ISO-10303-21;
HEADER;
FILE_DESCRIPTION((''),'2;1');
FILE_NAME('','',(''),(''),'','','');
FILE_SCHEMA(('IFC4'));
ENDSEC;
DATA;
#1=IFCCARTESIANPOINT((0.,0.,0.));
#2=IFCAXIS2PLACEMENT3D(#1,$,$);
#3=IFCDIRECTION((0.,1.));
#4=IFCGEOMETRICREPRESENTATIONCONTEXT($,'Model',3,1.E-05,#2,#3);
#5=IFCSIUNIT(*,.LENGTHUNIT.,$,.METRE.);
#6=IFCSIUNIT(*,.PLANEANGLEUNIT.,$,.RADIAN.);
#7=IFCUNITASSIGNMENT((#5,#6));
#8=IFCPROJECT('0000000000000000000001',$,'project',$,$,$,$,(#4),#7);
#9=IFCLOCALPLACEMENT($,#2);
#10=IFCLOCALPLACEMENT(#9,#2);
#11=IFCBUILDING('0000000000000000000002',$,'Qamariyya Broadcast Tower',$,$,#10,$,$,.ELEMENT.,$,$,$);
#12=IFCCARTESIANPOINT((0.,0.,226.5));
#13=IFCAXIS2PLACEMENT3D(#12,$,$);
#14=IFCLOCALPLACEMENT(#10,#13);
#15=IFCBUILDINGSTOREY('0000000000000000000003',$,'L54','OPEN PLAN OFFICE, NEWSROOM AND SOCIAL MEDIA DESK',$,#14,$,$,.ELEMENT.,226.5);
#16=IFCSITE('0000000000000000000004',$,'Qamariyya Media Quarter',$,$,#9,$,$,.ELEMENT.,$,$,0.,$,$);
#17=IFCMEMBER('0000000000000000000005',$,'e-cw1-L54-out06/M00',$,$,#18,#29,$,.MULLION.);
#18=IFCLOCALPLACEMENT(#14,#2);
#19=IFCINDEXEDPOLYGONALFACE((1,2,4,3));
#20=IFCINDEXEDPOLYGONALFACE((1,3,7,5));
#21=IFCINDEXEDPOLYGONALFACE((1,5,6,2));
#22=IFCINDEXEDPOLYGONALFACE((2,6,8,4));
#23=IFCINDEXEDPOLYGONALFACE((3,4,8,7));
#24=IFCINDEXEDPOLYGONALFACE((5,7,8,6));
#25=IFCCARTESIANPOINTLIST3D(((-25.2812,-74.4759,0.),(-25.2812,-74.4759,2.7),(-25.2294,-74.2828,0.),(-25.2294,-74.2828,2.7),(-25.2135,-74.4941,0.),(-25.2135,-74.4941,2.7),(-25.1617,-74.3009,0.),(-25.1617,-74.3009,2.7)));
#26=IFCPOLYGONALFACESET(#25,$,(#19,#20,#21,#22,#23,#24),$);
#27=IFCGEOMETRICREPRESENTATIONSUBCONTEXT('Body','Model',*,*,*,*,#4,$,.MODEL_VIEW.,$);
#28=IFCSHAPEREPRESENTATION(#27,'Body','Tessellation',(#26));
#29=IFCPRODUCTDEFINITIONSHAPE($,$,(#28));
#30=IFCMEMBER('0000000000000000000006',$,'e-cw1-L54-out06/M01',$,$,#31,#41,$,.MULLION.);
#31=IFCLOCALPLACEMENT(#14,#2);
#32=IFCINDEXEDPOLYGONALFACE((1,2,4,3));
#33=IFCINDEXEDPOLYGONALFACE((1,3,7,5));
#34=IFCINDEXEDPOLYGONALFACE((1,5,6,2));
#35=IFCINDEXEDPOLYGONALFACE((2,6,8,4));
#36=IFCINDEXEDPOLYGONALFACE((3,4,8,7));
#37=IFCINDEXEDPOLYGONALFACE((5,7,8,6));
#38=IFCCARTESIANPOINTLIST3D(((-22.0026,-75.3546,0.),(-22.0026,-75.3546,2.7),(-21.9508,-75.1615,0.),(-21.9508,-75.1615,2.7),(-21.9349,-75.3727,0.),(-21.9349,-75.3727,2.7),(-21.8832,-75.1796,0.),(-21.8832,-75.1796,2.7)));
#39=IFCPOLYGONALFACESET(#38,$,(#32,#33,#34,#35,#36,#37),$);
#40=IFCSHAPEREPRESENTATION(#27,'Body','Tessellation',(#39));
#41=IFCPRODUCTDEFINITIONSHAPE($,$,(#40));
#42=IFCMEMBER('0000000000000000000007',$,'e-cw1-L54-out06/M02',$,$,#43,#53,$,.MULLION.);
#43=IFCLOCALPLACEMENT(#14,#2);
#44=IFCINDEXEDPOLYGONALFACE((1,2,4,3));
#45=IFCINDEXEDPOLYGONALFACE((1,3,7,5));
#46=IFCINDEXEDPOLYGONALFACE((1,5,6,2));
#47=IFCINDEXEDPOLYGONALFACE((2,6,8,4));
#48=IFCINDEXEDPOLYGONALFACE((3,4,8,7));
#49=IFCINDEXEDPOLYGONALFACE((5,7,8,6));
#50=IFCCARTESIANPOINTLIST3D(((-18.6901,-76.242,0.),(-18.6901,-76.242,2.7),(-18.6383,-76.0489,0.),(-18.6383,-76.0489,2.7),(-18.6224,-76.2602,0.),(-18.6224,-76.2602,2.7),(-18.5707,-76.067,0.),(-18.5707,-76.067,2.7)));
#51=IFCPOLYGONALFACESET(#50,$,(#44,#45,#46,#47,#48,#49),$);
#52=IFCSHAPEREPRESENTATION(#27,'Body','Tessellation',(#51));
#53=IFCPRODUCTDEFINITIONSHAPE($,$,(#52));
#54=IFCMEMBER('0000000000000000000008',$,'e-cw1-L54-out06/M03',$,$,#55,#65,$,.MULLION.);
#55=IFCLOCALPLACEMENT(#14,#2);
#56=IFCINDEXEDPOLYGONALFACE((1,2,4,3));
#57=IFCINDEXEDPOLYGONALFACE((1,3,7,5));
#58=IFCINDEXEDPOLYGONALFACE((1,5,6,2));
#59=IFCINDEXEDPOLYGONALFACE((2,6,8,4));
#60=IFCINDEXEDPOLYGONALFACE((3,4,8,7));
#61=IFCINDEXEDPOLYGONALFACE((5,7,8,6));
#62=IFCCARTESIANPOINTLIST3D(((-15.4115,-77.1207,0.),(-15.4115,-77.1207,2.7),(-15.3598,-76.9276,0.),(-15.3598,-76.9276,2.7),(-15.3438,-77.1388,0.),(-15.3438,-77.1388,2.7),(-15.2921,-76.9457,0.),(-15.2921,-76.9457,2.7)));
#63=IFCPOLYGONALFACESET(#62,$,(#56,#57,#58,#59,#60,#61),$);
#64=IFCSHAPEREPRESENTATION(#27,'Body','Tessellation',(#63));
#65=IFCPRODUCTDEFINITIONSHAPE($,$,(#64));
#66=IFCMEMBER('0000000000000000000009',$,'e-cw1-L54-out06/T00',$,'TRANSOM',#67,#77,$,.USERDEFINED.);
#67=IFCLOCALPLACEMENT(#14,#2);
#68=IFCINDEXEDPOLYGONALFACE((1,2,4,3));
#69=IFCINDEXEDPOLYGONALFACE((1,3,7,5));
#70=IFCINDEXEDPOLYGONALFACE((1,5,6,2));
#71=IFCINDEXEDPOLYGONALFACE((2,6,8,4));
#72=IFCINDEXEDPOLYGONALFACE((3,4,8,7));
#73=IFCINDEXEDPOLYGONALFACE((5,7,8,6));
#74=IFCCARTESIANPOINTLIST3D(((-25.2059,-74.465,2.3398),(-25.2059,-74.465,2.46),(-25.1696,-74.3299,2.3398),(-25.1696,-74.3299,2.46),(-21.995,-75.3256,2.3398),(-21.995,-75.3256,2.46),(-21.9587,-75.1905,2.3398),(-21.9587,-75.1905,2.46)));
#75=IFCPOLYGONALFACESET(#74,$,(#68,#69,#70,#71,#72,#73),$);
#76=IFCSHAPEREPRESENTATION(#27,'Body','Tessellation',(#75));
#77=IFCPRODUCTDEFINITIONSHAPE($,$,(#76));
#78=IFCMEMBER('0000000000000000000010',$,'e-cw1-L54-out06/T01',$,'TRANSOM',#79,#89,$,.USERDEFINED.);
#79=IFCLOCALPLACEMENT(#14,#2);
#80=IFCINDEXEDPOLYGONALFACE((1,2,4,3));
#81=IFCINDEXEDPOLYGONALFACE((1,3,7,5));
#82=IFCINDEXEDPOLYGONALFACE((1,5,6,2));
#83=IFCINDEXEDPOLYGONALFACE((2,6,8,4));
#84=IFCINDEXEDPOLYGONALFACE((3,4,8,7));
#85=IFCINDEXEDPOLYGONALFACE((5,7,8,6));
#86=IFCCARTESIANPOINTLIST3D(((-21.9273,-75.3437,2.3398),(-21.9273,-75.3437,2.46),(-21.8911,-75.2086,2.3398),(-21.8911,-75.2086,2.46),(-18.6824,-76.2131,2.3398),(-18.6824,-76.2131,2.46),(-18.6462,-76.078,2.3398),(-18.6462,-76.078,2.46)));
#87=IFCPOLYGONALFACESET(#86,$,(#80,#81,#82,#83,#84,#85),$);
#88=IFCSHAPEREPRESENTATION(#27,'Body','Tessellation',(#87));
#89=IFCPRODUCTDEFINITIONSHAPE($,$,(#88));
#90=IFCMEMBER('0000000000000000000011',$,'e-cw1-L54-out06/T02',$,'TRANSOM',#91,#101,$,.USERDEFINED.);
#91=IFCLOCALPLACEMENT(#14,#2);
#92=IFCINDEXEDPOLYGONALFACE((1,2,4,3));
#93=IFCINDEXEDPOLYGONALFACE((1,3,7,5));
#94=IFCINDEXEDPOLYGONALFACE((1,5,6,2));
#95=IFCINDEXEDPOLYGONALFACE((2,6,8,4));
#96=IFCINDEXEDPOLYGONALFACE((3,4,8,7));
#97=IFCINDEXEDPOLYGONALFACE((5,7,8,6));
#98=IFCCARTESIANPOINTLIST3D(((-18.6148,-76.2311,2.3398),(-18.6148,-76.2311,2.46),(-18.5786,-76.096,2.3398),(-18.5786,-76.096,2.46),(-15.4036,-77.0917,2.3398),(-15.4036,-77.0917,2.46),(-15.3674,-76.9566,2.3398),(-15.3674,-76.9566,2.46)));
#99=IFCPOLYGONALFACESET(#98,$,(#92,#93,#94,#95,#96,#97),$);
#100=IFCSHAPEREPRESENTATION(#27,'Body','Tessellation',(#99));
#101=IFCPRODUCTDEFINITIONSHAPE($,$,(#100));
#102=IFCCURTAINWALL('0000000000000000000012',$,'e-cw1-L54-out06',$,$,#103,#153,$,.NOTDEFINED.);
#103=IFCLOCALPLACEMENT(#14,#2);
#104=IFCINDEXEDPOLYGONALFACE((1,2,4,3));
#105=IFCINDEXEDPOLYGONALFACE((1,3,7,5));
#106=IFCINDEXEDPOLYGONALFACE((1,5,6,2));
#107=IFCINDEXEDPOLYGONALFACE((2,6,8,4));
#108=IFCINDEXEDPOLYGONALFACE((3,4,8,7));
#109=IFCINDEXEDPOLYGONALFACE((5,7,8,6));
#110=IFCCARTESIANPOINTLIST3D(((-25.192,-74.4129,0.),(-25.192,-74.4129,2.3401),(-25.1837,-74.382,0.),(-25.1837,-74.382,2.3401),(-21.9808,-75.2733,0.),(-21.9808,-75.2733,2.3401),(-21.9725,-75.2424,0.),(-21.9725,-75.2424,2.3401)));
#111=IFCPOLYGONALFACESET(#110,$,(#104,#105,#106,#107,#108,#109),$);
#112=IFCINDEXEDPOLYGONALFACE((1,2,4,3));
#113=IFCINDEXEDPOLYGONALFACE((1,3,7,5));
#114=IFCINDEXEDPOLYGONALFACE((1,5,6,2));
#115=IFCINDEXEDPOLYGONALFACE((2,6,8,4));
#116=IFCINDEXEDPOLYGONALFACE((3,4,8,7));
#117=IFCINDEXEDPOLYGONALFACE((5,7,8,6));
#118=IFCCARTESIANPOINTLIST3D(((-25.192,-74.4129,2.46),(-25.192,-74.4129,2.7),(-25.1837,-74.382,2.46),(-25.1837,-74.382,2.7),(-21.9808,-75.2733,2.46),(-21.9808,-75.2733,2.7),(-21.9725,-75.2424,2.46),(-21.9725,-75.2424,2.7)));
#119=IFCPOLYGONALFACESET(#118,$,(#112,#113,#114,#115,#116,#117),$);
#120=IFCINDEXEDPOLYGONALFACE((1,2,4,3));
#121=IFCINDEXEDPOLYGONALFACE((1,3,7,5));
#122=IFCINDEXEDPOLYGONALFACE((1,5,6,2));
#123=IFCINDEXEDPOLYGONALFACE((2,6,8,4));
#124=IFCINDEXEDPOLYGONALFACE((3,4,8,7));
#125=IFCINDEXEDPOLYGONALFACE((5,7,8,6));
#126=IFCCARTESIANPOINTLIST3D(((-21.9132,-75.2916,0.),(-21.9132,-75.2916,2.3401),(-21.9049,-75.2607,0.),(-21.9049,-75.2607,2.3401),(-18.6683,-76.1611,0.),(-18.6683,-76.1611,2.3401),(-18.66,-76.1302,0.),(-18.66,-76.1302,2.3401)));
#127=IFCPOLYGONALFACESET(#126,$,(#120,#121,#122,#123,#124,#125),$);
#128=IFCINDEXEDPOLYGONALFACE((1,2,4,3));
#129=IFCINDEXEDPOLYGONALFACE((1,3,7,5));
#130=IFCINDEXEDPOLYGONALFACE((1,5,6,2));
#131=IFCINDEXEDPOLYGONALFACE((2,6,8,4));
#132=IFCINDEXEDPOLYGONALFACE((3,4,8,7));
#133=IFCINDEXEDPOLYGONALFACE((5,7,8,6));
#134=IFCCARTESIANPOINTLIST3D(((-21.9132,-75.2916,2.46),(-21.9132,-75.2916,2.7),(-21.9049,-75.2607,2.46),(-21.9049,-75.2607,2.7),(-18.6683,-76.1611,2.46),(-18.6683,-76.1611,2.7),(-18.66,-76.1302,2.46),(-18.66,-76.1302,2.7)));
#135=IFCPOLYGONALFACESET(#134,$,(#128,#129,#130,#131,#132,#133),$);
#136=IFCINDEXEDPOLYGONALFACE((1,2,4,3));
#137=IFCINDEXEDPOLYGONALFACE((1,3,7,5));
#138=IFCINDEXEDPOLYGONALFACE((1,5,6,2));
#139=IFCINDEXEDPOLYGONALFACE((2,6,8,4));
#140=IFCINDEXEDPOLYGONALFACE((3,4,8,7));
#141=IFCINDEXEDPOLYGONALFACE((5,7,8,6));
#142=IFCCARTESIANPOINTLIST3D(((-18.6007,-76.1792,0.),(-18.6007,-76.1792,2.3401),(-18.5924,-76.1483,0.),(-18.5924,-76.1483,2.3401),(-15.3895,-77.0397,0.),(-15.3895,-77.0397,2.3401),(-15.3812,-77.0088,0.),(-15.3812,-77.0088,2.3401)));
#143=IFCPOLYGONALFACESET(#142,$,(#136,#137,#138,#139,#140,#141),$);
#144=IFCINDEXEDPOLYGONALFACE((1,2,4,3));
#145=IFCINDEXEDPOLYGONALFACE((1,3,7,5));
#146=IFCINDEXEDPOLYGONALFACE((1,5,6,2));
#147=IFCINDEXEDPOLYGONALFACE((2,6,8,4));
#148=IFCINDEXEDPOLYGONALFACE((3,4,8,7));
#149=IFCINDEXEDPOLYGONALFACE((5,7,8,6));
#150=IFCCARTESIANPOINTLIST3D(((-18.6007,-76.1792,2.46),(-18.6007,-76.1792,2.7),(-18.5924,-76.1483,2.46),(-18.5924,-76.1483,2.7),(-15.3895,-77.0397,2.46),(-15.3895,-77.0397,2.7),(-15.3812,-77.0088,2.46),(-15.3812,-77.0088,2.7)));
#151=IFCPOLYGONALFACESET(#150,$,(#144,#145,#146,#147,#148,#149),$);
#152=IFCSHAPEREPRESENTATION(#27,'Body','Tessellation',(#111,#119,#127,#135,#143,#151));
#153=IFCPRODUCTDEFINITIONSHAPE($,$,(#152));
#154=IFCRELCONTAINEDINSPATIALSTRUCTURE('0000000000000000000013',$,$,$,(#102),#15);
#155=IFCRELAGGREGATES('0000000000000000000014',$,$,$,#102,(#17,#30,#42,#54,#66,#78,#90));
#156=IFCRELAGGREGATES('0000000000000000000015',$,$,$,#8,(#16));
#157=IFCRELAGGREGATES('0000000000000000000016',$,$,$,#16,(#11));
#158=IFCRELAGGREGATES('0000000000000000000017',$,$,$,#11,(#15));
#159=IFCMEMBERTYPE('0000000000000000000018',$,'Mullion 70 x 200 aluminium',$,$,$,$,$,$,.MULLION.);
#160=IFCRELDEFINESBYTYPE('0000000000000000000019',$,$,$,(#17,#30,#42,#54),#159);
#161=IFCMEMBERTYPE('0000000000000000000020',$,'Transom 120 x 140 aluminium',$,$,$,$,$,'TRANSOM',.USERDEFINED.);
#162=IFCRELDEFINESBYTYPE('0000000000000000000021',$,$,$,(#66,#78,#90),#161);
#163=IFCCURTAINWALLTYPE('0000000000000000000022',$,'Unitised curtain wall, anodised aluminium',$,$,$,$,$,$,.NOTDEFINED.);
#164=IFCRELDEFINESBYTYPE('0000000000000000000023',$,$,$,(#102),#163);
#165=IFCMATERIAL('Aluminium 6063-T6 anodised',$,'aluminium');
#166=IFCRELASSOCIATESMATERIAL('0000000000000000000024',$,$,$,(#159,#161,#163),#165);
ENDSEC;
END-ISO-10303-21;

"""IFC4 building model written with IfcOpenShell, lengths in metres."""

from ifc_helpers import new_model, si_unit, direction, frame, origin, origin_2d, place, context, subcontext, project, spatial, rectangle, extrude, material, material_profile, profile_set, type_object, element, aggregate, save


model = new_model("IFC4")

# Units and contexts
model_context = context("Model", 3, precision=1e-05, world=origin(), true_north=direction((0.0, 1.0)))
body_context = subcontext(model_context, "Body", "Model", "MODEL_VIEW")
ifc_project = project(units=[si_unit("LENGTHUNIT", "METRE"), si_unit("PLANEANGLEUNIT", "RADIAN")], contexts=[model_context])

# Members
ifc_material = material(Name="Aluminium 6063-T6 anodised", Category="aluminium")
ifc_material_profile_1 = material_profile(ifc_material, rectangle(XDim=0.2, YDim=0.0701, at=origin_2d()))
ifc_profile_set_1 = profile_set([ifc_material_profile_1], Name="Aluminium 6063-T6 anodised")
member_type_1 = type_object("IfcMemberType", Name="Mullion 70 x 200 aluminium", PredefinedType="MULLION", material=ifc_profile_set_1)
site_placement = place(None, origin())
building_placement = place(site_placement, origin())
storey_placement = place(building_placement, frame((0.0, 0.0, 226.5)))
member_1_placement = place(storey_placement, frame((-25.2214, -74.3884, 0.0), z_axis=(0.0, 0.0, 1.0), x_axis=(0.258819, 0.965926, 0.0)))
member_1 = element("IfcMember", 1, at=member_1_placement, type_object=member_type_1, Name="e-cw1-L54-out06/M00", PredefinedType="MULLION", context=body_context, shape_type="SweptSolid", body=[
    extrude(rectangle(XDim=0.2, YDim=0.0701, at=origin_2d()), origin(), (0.0, 0.0, 1.0), 2.7),
])
member_2_placement = place(storey_placement, frame((-21.9429, -75.2671, 0.0), z_axis=(0.0, 0.0, 1.0), x_axis=(0.258819, 0.965926, 0.0)))
member_2 = element("IfcMember", 2, at=member_2_placement, type_object=member_type_1, Name="e-cw1-L54-out06/M01", PredefinedType="MULLION", context=body_context, shape_type="SweptSolid", body=[
    extrude(rectangle(XDim=0.2, YDim=0.0701, at=origin_2d()), origin(), (0.0, 0.0, 1.0), 2.7),
])
member_3_placement = place(storey_placement, frame((-18.6304, -76.1545, 0.0), z_axis=(0.0, 0.0, 1.0), x_axis=(0.258819, 0.965926, 0.0)))
member_3 = element("IfcMember", 3, at=member_3_placement, type_object=member_type_1, Name="e-cw1-L54-out06/M02", PredefinedType="MULLION", context=body_context, shape_type="SweptSolid", body=[
    extrude(rectangle(XDim=0.2, YDim=0.0701, at=origin_2d()), origin(), (0.0, 0.0, 1.0), 2.7),
])
member_4_placement = place(storey_placement, frame((-15.3518, -77.0332, 0.0), z_axis=(0.0, 0.0, 1.0), x_axis=(0.258819, 0.965926, 0.0)))
member_4 = element("IfcMember", 4, at=member_4_placement, type_object=member_type_1, Name="e-cw1-L54-out06/M03", PredefinedType="MULLION", context=body_context, shape_type="SweptSolid", body=[
    extrude(rectangle(XDim=0.2, YDim=0.0701, at=origin_2d()), origin(), (0.0, 0.0, 1.0), 2.7),
])
ifc_material_profile_2 = material_profile(ifc_material, rectangle(XDim=0.1399, YDim=0.1201, at=origin_2d()))
ifc_profile_set_2 = profile_set([ifc_material_profile_2], Name="Aluminium 6063-T6 anodised")
member_type_2 = type_object("IfcMemberType", Name="Transom 120 x 140 aluminium", ElementType="TRANSOM", PredefinedType="USERDEFINED", material=ifc_profile_set_2)
member_5_placement = place(storey_placement, frame((-25.1877, -74.3975, 2.3999), z_axis=(0.965909, -0.258883, 0.0), x_axis=(0.258883, 0.965909, 0.0)))
member_5 = element("IfcMember", 5, at=member_5_placement, type_object=member_type_2, Name="e-cw1-L54-out06/T00", ObjectType="TRANSOM", PredefinedType="USERDEFINED", context=body_context, shape_type="SweptSolid", body=[
    extrude(rectangle(XDim=0.1399, YDim=0.1201, at=origin_2d()), origin(), (0.0, 0.0, 1.0), 3.3242),
])
member_6_placement = place(storey_placement, frame((-21.9092, -75.2761, 2.3999), z_axis=(0.965932, -0.258798, 0.0), x_axis=(0.258798, 0.965932, 0.0)))
member_6 = element("IfcMember", 6, at=member_6_placement, type_object=member_type_2, Name="e-cw1-L54-out06/T01", ObjectType="TRANSOM", PredefinedType="USERDEFINED", context=body_context, shape_type="SweptSolid", body=[
    extrude(rectangle(XDim=0.1399, YDim=0.1201, at=origin_2d()), origin(), (0.0, 0.0, 1.0), 3.3594),
])
member_7_placement = place(storey_placement, frame((-18.5967, -76.1636, 2.3999), z_axis=(0.965914, -0.258865, 0.0), x_axis=(0.258865, 0.965914, 0.0)))
member_7 = element("IfcMember", 7, at=member_7_placement, type_object=member_type_2, Name="e-cw1-L54-out06/T02", ObjectType="TRANSOM", PredefinedType="USERDEFINED", context=body_context, shape_type="SweptSolid", body=[
    extrude(rectangle(XDim=0.1399, YDim=0.1201, at=origin_2d()), origin(), (0.0, 0.0, 1.0), 3.3245),
])

# Site, building, storey
site = spatial("IfcSite", under=ifc_project, at=site_placement, Name="Qamariyya Media Quarter", CompositionType="ELEMENT", RefElevation=0.0)
building = spatial("IfcBuilding", under=site, at=building_placement, Name="Qamariyya Broadcast Tower", CompositionType="ELEMENT")
storey = spatial("IfcBuildingStorey", under=building, at=storey_placement, Name="L54", Description="OPEN PLAN OFFICE, NEWSROOM AND SOCIAL MEDIA DESK", CompositionType="ELEMENT", Elevation=226.5)

# Curtain wall
curtain_wall_type = type_object("IfcCurtainWallType", Name="Unitised curtain wall, anodised aluminium", PredefinedType="NOTDEFINED", material=ifc_material)
curtain_wall_1_placement = place(storey_placement, origin())
curtain_wall_1 = element("IfcCurtainWall", 8, at=curtain_wall_1_placement, inside=storey, type_object=curtain_wall_type, Name="e-cw1-L54-out06", PredefinedType="NOTDEFINED", context=body_context, shape_type="SweptSolid", body=[
    extrude(rectangle(XDim=3.3245, YDim=0.032, at=origin_2d()), frame((-23.5823, -74.8276, 0.0), x_axis=(0.965923, -0.258828, 0.0)), (0.0, 0.0, 1.0), 2.3401),
    extrude(rectangle(XDim=3.3245, YDim=0.032, at=origin_2d()), frame((-23.5823, -74.8276, 2.46), x_axis=(0.965923, -0.258828, 0.0)), (0.0, 0.0, 1.0), 0.24),
    extrude(rectangle(XDim=3.3594, YDim=0.032, at=origin_2d()), frame((-20.2866, -75.7109, 0.0), x_axis=(0.965923, -0.258828, 0.0)), (0.0, 0.0, 1.0), 2.3401),
    extrude(rectangle(XDim=3.3594, YDim=0.032, at=origin_2d()), frame((-20.2866, -75.7109, 2.46), x_axis=(0.965923, -0.258828, 0.0)), (0.0, 0.0, 1.0), 0.24),
    extrude(rectangle(XDim=3.3245, YDim=0.032, at=origin_2d()), frame((-16.991, -76.594, 0.0), x_axis=(0.965923, -0.258828, 0.0)), (0.0, 0.0, 1.0), 2.3401),
    extrude(rectangle(XDim=3.3245, YDim=0.032, at=origin_2d()), frame((-16.991, -76.594, 2.46), x_axis=(0.965923, -0.258828, 0.0)), (0.0, 0.0, 1.0), 0.24),
])
aggregate(curtain_wall_1, [member_1, member_2, member_3, member_4, member_5, member_6, member_7])

save(model, "model.ifc")
